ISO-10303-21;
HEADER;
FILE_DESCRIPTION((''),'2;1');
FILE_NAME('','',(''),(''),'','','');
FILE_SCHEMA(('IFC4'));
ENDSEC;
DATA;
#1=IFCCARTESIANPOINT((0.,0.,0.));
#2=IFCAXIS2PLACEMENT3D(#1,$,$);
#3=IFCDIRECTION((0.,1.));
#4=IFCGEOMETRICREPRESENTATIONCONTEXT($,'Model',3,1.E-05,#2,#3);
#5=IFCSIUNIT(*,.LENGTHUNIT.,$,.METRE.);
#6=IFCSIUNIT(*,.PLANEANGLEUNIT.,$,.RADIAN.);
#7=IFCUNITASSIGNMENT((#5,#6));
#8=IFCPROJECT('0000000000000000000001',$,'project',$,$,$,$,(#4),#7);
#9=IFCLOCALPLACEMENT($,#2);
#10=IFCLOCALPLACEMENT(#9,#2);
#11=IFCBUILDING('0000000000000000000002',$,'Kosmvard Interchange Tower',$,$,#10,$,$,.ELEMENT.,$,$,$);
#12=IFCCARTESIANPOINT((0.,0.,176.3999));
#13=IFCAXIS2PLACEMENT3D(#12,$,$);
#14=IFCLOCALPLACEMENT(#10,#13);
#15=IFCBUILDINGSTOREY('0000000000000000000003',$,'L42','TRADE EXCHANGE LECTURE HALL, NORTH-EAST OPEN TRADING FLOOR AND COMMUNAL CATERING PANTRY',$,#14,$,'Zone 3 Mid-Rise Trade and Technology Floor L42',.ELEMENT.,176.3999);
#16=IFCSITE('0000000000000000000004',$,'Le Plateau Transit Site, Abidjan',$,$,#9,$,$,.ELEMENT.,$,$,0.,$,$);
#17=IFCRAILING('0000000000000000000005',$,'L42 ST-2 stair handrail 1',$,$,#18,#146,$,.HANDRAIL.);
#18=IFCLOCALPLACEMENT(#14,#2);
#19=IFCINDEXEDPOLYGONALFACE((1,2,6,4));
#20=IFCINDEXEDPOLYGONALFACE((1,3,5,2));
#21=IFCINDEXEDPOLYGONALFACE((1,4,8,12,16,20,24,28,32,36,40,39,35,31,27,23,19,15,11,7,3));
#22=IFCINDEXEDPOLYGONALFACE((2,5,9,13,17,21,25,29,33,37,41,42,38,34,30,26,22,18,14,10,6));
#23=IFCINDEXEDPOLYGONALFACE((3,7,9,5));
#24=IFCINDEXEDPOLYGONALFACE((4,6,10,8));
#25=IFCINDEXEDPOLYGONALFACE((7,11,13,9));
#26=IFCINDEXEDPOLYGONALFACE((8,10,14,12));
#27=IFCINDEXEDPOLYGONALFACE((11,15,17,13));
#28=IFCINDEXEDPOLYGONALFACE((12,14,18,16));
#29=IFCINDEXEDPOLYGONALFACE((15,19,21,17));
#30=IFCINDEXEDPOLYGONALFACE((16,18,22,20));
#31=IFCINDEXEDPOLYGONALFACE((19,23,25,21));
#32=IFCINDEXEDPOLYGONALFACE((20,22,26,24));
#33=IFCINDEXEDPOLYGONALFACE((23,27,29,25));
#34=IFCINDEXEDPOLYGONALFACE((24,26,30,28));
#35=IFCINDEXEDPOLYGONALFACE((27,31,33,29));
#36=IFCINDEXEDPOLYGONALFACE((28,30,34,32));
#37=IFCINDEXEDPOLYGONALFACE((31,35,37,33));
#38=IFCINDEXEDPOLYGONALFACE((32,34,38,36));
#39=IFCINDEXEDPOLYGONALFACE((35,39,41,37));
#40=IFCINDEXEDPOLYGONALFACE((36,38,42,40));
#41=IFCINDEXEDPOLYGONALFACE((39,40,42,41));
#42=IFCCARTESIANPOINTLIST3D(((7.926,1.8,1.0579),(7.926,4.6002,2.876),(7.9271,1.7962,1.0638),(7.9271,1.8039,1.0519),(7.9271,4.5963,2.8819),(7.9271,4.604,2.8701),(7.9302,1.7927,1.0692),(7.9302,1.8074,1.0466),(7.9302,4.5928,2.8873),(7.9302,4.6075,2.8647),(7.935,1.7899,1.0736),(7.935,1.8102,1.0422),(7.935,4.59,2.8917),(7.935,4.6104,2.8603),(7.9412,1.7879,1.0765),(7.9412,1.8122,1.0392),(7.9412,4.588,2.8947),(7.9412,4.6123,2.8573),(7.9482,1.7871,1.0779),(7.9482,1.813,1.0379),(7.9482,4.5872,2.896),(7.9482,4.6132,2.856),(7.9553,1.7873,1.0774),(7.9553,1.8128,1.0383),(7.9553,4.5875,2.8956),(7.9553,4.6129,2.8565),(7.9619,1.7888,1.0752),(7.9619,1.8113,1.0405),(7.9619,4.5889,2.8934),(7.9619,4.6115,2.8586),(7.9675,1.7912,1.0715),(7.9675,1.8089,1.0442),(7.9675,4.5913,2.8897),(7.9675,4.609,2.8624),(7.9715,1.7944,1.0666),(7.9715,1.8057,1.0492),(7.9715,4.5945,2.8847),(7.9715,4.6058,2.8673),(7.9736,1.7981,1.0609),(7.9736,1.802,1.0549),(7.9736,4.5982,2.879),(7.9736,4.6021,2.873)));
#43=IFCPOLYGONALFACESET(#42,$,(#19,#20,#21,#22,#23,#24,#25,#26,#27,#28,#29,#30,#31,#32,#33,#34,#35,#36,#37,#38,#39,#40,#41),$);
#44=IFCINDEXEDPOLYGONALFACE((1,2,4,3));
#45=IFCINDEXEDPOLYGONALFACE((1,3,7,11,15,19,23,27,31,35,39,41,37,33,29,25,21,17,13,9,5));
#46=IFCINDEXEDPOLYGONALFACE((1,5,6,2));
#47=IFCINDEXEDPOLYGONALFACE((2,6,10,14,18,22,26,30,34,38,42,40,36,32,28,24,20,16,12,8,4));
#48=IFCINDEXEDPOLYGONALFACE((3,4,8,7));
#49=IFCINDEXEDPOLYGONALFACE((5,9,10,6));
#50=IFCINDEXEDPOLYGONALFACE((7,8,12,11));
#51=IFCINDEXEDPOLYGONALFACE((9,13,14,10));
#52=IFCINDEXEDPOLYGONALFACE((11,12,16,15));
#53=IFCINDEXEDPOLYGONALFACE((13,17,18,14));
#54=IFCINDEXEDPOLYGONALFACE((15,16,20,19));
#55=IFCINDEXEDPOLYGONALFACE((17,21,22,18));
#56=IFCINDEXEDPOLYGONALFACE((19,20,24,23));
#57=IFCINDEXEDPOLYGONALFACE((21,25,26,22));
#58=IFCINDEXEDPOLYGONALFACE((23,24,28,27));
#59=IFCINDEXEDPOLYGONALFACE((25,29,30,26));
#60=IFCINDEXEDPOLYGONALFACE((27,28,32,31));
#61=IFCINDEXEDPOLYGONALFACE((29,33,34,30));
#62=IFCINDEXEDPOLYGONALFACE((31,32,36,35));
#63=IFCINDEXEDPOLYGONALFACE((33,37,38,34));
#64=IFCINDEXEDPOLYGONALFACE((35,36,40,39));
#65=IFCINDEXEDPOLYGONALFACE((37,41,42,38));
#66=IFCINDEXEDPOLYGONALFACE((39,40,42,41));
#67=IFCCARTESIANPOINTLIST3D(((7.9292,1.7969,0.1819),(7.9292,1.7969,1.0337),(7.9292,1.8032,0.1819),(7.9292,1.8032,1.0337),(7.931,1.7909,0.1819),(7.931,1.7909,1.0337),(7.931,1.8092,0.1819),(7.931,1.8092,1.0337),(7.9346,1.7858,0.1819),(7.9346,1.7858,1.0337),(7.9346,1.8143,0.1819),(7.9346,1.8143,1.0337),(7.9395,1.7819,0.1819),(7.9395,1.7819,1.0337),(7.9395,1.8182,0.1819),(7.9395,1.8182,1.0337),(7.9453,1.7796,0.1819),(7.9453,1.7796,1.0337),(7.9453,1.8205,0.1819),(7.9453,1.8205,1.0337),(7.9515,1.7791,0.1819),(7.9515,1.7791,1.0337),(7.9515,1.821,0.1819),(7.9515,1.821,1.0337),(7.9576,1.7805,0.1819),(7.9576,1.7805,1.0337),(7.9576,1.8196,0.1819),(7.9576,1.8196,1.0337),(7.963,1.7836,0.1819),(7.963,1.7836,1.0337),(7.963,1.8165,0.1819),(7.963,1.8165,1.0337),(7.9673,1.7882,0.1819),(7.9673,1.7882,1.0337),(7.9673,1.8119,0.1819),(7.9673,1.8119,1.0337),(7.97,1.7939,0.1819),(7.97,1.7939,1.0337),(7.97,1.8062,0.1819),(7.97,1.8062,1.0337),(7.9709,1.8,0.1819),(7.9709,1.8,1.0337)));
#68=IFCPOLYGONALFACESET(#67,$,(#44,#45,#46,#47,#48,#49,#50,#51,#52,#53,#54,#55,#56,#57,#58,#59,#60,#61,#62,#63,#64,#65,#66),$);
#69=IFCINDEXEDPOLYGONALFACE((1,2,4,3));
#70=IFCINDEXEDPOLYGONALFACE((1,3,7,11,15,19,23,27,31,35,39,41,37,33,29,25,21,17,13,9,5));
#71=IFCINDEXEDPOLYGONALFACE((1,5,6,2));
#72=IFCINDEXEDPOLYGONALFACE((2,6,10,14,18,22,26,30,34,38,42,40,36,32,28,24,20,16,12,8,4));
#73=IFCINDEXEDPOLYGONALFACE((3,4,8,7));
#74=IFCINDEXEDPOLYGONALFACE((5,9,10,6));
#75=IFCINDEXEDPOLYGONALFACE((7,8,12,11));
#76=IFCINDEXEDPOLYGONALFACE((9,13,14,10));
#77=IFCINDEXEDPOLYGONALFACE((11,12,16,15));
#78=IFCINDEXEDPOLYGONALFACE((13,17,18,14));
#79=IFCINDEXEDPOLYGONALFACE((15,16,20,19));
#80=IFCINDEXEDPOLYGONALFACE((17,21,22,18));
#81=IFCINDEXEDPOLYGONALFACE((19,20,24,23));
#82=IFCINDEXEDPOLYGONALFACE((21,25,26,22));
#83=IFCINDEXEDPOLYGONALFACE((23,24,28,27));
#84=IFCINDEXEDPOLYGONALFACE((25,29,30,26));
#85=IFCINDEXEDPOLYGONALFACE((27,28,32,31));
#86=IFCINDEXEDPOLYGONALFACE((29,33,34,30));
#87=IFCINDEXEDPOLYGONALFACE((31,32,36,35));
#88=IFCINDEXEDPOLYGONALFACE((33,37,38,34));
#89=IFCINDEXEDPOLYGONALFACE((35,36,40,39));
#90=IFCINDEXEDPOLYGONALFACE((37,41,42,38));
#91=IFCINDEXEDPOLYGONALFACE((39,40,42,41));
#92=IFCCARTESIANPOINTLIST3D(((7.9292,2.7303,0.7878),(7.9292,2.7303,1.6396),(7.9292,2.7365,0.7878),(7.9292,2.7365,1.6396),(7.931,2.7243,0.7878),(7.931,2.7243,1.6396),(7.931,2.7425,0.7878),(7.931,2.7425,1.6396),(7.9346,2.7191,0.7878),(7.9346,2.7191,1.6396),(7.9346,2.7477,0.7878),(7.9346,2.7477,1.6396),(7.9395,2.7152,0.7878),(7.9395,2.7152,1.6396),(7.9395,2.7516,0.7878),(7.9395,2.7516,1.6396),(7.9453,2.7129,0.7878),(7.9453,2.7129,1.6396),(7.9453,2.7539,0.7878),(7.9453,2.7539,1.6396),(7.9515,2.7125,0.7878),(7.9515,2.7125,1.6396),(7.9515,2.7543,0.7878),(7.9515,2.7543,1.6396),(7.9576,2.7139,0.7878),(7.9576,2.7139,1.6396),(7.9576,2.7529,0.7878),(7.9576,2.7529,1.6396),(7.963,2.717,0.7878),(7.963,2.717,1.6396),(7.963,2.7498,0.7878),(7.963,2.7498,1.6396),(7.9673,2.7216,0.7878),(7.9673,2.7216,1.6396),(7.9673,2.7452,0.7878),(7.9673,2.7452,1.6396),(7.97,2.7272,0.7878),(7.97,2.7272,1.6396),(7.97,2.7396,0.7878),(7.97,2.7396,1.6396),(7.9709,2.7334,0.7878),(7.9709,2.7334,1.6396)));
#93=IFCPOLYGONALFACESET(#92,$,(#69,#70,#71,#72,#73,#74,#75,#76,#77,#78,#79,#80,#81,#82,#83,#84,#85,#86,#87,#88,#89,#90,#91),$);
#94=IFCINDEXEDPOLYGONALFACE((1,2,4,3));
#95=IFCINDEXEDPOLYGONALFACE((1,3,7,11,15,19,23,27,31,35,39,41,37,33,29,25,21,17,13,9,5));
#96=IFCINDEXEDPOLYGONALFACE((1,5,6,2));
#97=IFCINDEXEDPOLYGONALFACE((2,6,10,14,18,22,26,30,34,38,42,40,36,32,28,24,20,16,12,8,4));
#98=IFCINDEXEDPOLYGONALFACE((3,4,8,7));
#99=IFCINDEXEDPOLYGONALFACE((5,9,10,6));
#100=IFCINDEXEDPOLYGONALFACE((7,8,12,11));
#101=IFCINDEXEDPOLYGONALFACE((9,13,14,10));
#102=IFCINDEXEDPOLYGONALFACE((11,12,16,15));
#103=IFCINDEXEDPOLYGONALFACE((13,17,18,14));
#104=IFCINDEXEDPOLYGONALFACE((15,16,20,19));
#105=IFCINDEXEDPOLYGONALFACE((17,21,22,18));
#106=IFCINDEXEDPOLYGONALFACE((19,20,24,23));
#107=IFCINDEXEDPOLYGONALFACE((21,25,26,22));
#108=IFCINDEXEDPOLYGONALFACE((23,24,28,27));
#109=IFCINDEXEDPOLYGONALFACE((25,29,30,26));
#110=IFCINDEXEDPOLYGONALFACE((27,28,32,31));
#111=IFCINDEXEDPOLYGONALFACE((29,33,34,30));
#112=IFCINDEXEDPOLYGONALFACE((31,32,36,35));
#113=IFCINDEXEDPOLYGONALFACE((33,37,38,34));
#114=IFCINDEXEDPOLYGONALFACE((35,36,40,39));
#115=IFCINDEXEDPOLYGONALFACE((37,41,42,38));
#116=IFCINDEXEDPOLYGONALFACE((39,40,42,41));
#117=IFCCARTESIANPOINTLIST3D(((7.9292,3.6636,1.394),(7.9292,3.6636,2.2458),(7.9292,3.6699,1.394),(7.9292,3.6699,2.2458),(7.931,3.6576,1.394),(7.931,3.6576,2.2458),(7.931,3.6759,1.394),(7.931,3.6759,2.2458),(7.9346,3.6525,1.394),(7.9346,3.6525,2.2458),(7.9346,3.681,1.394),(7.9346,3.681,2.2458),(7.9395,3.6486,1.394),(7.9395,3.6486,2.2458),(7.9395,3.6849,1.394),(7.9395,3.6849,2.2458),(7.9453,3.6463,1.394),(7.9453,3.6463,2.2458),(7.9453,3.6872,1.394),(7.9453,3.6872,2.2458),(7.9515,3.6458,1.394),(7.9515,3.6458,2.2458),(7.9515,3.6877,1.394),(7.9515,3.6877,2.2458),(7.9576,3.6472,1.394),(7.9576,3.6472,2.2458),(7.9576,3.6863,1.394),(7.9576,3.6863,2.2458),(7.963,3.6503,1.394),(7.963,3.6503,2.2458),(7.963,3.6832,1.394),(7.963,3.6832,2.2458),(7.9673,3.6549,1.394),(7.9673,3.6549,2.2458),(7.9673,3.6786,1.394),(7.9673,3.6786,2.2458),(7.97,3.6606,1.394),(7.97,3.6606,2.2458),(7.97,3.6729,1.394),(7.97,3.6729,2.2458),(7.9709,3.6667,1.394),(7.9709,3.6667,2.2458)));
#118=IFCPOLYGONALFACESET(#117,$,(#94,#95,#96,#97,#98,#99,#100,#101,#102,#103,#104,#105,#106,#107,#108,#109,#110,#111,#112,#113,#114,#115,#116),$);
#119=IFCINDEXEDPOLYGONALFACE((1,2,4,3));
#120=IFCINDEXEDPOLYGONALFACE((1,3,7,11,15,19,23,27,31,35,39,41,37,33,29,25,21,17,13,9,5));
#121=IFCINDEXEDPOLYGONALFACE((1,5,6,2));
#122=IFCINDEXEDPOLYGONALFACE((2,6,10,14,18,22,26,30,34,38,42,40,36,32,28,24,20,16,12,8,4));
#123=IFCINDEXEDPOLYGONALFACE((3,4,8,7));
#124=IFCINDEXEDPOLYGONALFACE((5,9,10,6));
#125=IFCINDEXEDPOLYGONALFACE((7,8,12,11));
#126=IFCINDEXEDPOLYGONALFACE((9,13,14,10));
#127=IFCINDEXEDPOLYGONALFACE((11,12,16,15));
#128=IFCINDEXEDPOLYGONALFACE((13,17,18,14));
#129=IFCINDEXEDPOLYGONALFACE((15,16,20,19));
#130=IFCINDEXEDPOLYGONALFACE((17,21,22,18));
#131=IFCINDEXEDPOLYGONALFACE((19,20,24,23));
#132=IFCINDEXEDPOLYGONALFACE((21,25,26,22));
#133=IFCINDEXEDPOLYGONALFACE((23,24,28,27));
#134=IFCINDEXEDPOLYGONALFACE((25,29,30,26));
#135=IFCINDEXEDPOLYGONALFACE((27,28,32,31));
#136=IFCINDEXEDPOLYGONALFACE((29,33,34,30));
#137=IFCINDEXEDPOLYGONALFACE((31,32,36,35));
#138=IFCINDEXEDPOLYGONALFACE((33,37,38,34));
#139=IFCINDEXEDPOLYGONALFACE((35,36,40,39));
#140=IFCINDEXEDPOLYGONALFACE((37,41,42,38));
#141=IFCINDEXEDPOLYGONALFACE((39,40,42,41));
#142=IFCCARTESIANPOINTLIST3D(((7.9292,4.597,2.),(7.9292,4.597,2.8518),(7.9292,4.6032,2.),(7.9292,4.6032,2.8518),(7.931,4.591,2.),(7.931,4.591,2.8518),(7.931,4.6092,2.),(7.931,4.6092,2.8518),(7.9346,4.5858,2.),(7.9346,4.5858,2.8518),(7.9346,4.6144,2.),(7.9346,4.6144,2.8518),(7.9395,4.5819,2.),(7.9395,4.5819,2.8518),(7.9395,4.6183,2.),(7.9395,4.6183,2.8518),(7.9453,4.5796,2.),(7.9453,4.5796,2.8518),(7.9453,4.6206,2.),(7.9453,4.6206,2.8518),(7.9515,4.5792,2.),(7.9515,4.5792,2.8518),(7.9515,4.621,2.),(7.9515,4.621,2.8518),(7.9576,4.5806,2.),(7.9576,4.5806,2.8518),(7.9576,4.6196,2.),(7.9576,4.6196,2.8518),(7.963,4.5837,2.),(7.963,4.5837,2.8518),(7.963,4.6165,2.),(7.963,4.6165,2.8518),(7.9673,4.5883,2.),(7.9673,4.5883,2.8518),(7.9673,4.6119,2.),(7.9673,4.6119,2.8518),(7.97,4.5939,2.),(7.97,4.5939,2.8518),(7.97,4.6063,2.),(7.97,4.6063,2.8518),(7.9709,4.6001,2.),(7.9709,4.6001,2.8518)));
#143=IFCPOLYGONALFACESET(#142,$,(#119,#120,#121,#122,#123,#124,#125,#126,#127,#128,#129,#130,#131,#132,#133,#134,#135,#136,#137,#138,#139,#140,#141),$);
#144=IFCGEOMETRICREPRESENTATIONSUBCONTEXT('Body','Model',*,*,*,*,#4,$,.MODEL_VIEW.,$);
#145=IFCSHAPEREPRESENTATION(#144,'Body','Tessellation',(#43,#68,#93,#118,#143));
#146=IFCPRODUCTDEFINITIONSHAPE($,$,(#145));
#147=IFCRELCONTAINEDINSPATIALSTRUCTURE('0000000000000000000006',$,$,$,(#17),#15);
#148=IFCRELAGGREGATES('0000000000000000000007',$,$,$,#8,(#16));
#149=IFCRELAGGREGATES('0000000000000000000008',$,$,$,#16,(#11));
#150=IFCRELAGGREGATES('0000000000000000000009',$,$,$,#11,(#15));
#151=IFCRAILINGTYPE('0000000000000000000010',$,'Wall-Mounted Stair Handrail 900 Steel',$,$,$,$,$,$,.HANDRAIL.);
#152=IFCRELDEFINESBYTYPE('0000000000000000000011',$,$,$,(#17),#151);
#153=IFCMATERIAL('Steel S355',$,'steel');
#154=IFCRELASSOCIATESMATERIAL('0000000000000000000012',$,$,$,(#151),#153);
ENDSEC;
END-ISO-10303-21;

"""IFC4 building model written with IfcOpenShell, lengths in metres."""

from ifc_helpers import new_model, si_unit, direction, frame, origin, origin_2d, place, context, subcontext, project, spatial, circle, extrude, source, transform, mapped, material, type_object, element, save


model = new_model("IFC4")

# Units and contexts
model_context = context("Model", 3, precision=1e-05, world=origin(), true_north=direction((0.0, 1.0)))
body_context = subcontext(model_context, "Body", "Model", "MODEL_VIEW")
ifc_project = project(units=[si_unit("LENGTHUNIT", "METRE"), si_unit("PLANEANGLEUNIT", "RADIAN")], contexts=[model_context])

# Site, building, storey
site_placement = place(None, origin())
site = spatial("IfcSite", under=ifc_project, at=site_placement, Name="Le Plateau Transit Site, Abidjan", CompositionType="ELEMENT", RefElevation=0.0)
building_placement = place(site_placement, origin())
building = spatial("IfcBuilding", under=site, at=building_placement, Name="Kosmvard Interchange Tower", CompositionType="ELEMENT")
storey_placement = place(building_placement, frame((0.0, 0.0, 176.3999)))
storey = spatial("IfcBuildingStorey", under=building, at=storey_placement, Name="L42", Description="TRADE EXCHANGE LECTURE HALL, NORTH-EAST OPEN TRADING FLOOR AND COMMUNAL CATERING PANTRY", LongName="Zone 3 Mid-Rise Trade and Technology Floor L42", CompositionType="ELEMENT", Elevation=176.3999)

# Railing
ifc_material_1 = material(Name="Steel S355", Category="steel")
railing_type_1 = type_object("IfcRailingType", Name="Wall-Mounted Stair Handrail 900 Steel", PredefinedType="HANDRAIL", material=ifc_material_1)
shared_shape_1 = source(origin(), body_context, "Body", "SweptSolid", [
    extrude(circle(Radius=0.0239, at=origin_2d()), frame((0.0, 0.0, 0.876), z_axis=(0.0, 0.838706, 0.544585), x_axis=(-1.0, 0.0, 0.0)), (0.0, 0.0, 1.0), 3.3386),
    extrude(circle(Radius=0.021, at=origin_2d()), origin(), (0.0, 0.0, 1.0), 0.8518),
    extrude(circle(Radius=0.021, at=origin_2d()), frame((0.0, 0.9333, 0.606)), (0.0, 0.0, 1.0), 0.8518),
    extrude(circle(Radius=0.021, at=origin_2d()), frame((0.0, 1.8667, 1.2122)), (0.0, 0.0, 1.0), 0.8518),
    extrude(circle(Radius=0.021, at=origin_2d()), frame((0.0, 2.8, 1.8181)), (0.0, 0.0, 1.0), 0.8518),
])
railing_1_placement = place(storey_placement, frame((7.95, 1.8, 0.1819)))
element("IfcRailing", 1, at=railing_1_placement, inside=storey, type_object=railing_type_1, Name="L42 ST-2 stair handrail 1", PredefinedType="HANDRAIL", context=body_context, shape_type="MappedRepresentation", body=[
    mapped(shared_shape_1, transform((0.0, 0.0, 0.0), scale=1.0)),
])

save(model, "model.ifc")
